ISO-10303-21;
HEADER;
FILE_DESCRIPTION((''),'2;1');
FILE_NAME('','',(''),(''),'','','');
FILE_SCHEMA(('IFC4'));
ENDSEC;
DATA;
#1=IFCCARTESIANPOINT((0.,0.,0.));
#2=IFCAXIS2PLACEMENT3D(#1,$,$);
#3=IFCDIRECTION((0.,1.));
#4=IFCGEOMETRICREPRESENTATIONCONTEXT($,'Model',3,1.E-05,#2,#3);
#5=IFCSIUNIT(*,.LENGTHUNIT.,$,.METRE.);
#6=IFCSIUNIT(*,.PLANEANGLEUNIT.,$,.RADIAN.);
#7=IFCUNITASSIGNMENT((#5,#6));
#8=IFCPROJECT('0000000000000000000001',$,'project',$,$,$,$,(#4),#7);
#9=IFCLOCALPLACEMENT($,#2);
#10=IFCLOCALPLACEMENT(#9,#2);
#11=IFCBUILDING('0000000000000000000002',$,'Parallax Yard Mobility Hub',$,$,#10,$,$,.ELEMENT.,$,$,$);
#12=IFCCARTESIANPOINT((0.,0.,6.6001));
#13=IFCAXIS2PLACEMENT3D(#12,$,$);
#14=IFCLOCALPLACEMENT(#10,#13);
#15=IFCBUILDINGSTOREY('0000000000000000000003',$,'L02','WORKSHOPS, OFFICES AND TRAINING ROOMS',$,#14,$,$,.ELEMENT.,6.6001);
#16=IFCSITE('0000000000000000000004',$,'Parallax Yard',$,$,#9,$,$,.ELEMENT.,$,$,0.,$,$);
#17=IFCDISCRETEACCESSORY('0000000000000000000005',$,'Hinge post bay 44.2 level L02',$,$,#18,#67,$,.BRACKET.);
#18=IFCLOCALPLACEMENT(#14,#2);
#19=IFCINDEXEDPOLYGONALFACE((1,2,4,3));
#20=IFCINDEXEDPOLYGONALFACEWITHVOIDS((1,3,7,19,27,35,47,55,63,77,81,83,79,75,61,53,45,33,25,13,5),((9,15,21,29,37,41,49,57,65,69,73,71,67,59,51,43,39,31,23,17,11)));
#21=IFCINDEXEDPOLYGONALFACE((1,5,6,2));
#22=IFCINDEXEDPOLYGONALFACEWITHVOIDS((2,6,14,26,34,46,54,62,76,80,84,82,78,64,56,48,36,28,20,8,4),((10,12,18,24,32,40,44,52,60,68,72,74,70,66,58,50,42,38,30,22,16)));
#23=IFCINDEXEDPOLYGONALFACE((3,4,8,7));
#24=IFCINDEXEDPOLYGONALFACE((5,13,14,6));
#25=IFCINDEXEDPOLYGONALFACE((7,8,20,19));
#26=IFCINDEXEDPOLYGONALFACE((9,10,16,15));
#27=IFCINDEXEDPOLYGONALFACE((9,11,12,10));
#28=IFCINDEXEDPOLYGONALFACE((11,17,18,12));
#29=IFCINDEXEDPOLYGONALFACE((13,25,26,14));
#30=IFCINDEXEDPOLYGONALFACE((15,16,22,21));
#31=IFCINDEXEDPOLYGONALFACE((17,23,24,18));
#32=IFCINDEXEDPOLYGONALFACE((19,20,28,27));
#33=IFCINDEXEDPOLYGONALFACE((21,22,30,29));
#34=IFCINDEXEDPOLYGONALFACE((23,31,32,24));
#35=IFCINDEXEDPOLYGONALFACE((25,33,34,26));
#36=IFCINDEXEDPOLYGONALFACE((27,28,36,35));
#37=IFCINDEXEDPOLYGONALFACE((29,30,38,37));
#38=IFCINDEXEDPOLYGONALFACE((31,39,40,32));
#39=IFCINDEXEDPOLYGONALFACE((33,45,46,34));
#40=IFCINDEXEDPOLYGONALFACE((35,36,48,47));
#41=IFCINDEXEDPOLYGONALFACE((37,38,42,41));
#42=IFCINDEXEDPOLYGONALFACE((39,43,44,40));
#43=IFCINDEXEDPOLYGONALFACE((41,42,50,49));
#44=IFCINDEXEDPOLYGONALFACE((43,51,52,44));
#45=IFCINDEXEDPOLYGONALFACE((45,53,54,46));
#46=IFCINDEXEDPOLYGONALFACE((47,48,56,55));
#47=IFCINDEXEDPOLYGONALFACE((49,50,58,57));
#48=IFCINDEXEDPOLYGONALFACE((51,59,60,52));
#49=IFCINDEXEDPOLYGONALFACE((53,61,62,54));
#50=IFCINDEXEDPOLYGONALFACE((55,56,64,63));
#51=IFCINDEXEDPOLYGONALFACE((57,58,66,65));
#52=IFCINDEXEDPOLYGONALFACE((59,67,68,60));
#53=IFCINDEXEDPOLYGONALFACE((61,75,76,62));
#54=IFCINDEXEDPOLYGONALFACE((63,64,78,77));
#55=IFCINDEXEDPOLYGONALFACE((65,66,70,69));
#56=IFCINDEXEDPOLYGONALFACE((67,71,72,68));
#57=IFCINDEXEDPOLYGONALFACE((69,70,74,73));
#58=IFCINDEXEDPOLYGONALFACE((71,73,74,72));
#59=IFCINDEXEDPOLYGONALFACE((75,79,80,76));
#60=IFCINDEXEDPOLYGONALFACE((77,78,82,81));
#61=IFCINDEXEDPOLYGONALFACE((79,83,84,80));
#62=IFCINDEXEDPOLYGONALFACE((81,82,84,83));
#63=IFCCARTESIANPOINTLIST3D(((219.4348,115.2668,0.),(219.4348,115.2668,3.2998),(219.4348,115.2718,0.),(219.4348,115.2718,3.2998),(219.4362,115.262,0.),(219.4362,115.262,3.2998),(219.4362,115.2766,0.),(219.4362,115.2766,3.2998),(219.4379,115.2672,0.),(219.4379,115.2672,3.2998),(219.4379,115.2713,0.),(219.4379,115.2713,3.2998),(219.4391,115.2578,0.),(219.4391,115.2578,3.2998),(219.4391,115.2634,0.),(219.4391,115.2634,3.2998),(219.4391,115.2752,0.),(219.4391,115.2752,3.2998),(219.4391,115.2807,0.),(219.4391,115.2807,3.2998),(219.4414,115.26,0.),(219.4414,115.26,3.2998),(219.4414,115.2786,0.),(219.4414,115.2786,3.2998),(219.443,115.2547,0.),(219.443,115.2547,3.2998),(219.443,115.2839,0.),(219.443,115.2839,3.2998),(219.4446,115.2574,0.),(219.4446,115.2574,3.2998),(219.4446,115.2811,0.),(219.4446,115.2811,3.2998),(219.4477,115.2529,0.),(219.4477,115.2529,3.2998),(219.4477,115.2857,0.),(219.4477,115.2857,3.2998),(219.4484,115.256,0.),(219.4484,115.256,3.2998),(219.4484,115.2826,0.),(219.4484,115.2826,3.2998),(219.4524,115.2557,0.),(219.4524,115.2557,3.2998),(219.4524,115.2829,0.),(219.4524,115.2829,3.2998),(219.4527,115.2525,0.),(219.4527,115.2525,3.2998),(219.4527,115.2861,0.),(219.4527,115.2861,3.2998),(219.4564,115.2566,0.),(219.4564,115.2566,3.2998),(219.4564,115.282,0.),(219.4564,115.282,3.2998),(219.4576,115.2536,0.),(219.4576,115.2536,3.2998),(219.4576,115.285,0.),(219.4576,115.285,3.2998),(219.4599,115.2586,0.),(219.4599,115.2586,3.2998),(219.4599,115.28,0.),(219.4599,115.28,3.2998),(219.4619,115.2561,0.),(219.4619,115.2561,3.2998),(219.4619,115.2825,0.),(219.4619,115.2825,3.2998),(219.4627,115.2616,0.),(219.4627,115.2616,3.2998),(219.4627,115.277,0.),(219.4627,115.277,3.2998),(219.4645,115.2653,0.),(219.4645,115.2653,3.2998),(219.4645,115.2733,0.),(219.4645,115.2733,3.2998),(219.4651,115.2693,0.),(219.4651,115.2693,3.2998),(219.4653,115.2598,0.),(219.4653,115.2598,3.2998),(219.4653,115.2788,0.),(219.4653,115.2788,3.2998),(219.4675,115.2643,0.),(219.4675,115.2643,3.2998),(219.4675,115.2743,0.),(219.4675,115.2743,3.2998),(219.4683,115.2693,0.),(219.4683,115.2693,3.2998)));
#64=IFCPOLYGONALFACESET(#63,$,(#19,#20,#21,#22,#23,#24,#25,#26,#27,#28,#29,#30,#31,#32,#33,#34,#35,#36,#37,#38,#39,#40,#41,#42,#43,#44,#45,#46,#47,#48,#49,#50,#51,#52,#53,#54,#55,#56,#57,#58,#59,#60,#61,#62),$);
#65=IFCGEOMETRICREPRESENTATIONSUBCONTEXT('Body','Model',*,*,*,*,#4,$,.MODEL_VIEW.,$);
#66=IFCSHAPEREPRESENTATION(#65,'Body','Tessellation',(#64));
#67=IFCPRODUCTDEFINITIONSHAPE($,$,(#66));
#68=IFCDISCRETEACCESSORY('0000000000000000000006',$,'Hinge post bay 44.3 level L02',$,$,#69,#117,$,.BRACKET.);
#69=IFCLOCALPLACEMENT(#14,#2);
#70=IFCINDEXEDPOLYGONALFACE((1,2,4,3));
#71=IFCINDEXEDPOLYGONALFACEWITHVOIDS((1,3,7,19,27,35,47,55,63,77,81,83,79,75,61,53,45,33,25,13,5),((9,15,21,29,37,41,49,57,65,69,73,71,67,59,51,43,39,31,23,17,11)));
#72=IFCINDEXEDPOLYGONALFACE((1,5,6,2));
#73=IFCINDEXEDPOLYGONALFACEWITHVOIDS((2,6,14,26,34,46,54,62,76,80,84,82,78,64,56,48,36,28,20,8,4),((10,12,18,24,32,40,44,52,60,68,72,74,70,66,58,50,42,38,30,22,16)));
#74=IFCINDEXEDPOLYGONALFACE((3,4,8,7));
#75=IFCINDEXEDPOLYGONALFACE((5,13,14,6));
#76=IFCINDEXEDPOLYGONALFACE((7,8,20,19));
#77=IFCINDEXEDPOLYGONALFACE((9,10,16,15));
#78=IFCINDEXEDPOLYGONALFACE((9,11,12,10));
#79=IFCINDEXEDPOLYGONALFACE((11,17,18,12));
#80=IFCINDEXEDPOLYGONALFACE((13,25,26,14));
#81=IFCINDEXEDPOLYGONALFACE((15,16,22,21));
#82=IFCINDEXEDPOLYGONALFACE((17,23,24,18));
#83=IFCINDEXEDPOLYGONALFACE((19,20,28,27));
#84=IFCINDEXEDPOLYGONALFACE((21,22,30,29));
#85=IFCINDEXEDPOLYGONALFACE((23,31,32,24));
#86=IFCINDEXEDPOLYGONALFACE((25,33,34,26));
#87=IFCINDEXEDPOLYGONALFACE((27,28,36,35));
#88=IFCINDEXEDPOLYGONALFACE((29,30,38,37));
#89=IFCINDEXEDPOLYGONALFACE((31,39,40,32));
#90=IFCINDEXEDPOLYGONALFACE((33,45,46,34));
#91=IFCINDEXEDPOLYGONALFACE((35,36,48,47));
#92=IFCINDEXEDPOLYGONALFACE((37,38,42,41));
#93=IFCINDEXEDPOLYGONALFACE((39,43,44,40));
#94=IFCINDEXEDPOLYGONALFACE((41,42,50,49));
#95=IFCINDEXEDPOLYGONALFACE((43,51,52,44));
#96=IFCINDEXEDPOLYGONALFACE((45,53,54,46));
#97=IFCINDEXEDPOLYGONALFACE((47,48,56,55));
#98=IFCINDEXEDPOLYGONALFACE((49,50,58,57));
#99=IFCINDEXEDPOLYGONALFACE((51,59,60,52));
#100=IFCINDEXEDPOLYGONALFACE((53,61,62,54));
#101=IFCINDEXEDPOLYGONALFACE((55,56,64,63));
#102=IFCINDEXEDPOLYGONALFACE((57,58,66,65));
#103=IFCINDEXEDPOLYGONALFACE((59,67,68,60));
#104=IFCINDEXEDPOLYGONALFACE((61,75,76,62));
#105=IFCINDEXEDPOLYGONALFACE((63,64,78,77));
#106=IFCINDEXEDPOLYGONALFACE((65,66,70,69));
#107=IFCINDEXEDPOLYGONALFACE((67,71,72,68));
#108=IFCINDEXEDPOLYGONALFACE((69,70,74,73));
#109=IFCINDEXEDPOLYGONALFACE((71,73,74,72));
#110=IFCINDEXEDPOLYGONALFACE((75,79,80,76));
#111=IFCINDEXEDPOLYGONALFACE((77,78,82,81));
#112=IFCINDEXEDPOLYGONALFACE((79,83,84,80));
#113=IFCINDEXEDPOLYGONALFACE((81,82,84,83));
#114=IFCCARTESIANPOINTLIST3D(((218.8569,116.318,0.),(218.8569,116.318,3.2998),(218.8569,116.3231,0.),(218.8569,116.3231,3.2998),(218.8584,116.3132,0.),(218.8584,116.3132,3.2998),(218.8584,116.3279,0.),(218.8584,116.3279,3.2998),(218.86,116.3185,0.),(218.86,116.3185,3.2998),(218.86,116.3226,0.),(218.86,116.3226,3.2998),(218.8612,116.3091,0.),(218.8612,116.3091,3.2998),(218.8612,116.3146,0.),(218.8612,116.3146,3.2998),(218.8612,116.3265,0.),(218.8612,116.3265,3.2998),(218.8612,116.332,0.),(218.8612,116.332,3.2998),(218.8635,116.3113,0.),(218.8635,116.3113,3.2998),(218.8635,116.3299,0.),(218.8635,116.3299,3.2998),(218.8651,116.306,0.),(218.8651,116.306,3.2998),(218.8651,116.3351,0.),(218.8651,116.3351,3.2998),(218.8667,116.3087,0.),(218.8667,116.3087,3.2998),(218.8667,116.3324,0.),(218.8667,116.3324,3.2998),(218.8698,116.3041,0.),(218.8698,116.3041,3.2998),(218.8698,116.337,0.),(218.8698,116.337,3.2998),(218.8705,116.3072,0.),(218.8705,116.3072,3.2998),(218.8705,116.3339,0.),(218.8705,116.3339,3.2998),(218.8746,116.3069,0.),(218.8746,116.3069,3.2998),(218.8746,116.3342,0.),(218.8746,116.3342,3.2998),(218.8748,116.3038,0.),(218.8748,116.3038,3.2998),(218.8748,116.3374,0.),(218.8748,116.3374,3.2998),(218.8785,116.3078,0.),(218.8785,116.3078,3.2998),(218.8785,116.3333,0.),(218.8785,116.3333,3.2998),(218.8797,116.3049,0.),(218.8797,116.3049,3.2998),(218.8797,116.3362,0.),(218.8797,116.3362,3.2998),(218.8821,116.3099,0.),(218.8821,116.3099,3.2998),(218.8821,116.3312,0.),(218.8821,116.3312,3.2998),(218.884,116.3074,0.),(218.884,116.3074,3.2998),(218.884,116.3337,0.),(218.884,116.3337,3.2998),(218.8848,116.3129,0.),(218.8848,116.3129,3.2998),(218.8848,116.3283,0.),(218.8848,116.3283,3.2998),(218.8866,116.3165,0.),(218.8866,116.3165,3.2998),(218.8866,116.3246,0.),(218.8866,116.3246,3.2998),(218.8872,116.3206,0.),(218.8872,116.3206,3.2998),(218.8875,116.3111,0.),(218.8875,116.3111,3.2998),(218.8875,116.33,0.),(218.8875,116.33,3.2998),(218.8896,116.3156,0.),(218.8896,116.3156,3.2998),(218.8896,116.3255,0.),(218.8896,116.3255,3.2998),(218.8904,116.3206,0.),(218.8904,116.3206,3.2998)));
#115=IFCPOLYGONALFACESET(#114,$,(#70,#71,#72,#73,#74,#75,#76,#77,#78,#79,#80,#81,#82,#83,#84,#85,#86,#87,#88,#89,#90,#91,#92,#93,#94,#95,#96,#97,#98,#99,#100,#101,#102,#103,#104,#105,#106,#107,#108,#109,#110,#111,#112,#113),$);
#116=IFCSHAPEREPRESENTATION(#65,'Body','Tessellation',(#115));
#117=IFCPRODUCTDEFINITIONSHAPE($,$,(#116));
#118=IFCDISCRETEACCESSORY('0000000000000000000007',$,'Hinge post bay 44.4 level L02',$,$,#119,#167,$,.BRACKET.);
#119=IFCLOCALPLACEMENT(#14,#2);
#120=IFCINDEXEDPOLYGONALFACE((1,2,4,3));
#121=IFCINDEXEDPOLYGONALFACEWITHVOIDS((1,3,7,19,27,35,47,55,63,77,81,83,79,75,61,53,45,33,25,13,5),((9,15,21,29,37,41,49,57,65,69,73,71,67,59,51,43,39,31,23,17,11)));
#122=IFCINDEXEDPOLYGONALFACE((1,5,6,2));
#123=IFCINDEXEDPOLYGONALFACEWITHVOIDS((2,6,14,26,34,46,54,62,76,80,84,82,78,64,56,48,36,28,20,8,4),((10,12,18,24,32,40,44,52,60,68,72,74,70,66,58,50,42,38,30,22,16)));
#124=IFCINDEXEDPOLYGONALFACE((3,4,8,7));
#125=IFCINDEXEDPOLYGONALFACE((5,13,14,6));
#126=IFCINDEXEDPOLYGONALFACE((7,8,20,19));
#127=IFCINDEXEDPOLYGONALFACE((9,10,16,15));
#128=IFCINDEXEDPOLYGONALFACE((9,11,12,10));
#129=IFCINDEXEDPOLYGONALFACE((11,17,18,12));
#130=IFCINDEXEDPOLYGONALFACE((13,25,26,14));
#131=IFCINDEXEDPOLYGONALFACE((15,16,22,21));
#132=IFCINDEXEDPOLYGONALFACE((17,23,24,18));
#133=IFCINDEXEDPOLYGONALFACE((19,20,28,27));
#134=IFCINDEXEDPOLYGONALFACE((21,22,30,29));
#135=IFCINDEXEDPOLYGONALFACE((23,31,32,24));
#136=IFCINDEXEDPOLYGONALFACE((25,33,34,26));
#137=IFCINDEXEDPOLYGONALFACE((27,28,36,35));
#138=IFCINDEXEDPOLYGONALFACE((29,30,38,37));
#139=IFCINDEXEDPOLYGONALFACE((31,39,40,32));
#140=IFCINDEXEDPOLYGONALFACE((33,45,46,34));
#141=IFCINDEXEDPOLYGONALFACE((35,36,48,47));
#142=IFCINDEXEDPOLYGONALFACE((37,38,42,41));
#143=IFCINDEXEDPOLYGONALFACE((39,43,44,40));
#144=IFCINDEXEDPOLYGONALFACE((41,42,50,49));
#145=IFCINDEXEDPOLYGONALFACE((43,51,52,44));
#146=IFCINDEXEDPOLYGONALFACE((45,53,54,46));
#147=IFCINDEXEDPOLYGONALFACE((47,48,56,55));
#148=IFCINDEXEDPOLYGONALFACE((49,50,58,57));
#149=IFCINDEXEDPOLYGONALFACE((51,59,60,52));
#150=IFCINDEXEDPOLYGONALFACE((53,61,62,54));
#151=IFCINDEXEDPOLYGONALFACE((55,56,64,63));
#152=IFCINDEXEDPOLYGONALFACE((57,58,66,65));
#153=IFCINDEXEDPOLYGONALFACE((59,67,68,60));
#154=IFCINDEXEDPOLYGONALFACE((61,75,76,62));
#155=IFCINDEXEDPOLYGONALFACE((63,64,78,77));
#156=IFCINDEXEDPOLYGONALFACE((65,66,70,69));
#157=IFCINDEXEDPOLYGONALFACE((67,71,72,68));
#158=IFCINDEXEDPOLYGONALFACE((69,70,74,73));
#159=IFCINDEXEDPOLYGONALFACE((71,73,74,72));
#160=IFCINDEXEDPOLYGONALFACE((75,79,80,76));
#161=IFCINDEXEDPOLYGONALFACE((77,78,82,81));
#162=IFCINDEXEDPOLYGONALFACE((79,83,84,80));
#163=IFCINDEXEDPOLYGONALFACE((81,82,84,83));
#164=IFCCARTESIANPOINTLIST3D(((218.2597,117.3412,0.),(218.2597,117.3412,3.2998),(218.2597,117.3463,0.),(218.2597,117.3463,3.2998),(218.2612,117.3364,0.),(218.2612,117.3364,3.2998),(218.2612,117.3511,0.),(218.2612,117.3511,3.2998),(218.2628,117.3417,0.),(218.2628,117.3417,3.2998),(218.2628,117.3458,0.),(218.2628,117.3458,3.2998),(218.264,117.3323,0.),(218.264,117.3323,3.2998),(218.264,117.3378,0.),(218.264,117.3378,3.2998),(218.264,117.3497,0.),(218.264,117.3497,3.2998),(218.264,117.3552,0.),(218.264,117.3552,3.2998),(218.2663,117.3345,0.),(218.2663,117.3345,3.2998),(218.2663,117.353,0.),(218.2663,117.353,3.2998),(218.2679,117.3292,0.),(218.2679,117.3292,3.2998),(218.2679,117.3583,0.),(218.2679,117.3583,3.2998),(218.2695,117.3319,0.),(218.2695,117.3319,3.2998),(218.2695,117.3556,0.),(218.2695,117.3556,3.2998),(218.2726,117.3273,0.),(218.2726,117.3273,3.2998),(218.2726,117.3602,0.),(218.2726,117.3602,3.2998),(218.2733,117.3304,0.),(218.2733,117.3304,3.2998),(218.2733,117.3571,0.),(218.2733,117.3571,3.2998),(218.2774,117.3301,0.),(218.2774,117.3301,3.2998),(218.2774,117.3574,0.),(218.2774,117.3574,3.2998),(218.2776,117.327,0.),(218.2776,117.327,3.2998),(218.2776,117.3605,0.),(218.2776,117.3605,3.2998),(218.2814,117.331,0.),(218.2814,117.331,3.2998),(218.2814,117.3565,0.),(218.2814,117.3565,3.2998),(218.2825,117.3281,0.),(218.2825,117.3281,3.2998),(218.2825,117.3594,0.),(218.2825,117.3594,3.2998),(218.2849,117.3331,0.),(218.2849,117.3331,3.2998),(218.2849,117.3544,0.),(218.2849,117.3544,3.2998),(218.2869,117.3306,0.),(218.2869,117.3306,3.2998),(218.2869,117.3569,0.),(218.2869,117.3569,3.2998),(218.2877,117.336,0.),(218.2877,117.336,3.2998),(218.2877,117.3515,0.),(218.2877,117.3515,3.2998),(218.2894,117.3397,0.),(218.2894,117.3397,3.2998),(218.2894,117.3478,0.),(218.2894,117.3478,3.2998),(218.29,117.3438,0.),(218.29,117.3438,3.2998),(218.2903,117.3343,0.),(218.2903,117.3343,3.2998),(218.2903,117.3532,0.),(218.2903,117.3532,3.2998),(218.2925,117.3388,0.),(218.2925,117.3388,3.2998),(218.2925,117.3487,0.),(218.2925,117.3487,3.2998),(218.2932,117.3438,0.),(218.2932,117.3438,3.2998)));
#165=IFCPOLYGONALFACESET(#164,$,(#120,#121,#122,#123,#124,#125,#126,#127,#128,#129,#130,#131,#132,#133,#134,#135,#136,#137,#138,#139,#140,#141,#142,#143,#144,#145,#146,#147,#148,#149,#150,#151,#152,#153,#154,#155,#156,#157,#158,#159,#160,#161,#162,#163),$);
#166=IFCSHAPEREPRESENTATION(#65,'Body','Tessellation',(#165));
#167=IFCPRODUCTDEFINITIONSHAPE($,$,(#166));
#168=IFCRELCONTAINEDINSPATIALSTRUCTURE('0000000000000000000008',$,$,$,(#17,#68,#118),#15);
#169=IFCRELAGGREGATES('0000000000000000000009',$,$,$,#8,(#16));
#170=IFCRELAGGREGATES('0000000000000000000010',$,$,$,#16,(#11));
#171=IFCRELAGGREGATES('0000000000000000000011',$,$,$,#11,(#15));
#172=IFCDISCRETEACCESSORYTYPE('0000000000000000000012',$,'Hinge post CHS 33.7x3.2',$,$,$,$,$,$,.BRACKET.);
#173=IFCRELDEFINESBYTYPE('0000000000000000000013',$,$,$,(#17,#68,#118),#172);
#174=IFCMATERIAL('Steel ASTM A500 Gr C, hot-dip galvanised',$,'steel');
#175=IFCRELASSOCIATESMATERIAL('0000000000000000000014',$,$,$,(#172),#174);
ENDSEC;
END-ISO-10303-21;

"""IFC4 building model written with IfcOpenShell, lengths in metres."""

from ifc_helpers import new_model, si_unit, direction, frame, origin, origin_2d, place, context, subcontext, project, spatial, hollow_circle, extrude, material, material_profile, profile_set, type_object, element, save


model = new_model("IFC4")

# Units and contexts
model_context = context("Model", 3, precision=1e-05, world=origin(), true_north=direction((0.0, 1.0)))
body_context = subcontext(model_context, "Body", "Model", "MODEL_VIEW")
ifc_project = project(units=[si_unit("LENGTHUNIT", "METRE"), si_unit("PLANEANGLEUNIT", "RADIAN")], contexts=[model_context])

# Site, building, storey
site_placement = place(None, origin())
site = spatial("IfcSite", under=ifc_project, at=site_placement, Name="Parallax Yard", CompositionType="ELEMENT", RefElevation=0.0)
building_placement = place(site_placement, origin())
building = spatial("IfcBuilding", under=site, at=building_placement, Name="Parallax Yard Mobility Hub", CompositionType="ELEMENT")
storey_placement = place(building_placement, frame((0.0, 0.0, 6.6001)))
storey = spatial("IfcBuildingStorey", under=building, at=storey_placement, Name="L02", Description="WORKSHOPS, OFFICES AND TRAINING ROOMS", CompositionType="ELEMENT", Elevation=6.6001)

# Discrete accessories
ifc_material_1 = material(Name="Steel ASTM A500 Gr C, hot-dip galvanised", Category="steel")
ifc_material_profile_1 = material_profile(ifc_material_1, hollow_circle(Radius=0.0168, WallThickness=0.0032, at=origin_2d()), Name="CHS 33.7x3.2")
ifc_profile_set_1 = profile_set([ifc_material_profile_1], Name="Steel ASTM A500 Gr C, hot-dip galvanised")
discrete_accessory_type_1 = type_object("IfcDiscreteAccessoryType", Name="Hinge post CHS 33.7x3.2", PredefinedType="BRACKET", material=ifc_profile_set_1)
for number, where, z_axis, x_axis, name in (
    (1, (219.4514, 115.2693, 0.0), (0.0, 0.0, 1.0), (1.0, 0.0, 0.0), "Hinge post bay 44.2 level L02"),
    (2, (218.8735, 116.3206, 0.0), (0.0, 0.0, 1.0), (1.0, 0.0, 0.0), "Hinge post bay 44.3 level L02"),
    (3, (218.2764, 117.3438, 0.0), (0.0, 0.0, 1.0), (1.0, 0.0, 0.0), "Hinge post bay 44.4 level L02"),
):
    element("IfcDiscreteAccessory", number, at=place(storey_placement, frame(where, z_axis=z_axis, x_axis=x_axis)), inside=storey, type_object=discrete_accessory_type_1, Name=name, PredefinedType="BRACKET", context=body_context, shape_type="SweptSolid", body=[
        extrude(hollow_circle(Radius=0.0168, WallThickness=0.0032, at=origin_2d()), origin(), (0.0, 0.0, 1.0), 3.2998),
    ])

save(model, "model.ifc")
